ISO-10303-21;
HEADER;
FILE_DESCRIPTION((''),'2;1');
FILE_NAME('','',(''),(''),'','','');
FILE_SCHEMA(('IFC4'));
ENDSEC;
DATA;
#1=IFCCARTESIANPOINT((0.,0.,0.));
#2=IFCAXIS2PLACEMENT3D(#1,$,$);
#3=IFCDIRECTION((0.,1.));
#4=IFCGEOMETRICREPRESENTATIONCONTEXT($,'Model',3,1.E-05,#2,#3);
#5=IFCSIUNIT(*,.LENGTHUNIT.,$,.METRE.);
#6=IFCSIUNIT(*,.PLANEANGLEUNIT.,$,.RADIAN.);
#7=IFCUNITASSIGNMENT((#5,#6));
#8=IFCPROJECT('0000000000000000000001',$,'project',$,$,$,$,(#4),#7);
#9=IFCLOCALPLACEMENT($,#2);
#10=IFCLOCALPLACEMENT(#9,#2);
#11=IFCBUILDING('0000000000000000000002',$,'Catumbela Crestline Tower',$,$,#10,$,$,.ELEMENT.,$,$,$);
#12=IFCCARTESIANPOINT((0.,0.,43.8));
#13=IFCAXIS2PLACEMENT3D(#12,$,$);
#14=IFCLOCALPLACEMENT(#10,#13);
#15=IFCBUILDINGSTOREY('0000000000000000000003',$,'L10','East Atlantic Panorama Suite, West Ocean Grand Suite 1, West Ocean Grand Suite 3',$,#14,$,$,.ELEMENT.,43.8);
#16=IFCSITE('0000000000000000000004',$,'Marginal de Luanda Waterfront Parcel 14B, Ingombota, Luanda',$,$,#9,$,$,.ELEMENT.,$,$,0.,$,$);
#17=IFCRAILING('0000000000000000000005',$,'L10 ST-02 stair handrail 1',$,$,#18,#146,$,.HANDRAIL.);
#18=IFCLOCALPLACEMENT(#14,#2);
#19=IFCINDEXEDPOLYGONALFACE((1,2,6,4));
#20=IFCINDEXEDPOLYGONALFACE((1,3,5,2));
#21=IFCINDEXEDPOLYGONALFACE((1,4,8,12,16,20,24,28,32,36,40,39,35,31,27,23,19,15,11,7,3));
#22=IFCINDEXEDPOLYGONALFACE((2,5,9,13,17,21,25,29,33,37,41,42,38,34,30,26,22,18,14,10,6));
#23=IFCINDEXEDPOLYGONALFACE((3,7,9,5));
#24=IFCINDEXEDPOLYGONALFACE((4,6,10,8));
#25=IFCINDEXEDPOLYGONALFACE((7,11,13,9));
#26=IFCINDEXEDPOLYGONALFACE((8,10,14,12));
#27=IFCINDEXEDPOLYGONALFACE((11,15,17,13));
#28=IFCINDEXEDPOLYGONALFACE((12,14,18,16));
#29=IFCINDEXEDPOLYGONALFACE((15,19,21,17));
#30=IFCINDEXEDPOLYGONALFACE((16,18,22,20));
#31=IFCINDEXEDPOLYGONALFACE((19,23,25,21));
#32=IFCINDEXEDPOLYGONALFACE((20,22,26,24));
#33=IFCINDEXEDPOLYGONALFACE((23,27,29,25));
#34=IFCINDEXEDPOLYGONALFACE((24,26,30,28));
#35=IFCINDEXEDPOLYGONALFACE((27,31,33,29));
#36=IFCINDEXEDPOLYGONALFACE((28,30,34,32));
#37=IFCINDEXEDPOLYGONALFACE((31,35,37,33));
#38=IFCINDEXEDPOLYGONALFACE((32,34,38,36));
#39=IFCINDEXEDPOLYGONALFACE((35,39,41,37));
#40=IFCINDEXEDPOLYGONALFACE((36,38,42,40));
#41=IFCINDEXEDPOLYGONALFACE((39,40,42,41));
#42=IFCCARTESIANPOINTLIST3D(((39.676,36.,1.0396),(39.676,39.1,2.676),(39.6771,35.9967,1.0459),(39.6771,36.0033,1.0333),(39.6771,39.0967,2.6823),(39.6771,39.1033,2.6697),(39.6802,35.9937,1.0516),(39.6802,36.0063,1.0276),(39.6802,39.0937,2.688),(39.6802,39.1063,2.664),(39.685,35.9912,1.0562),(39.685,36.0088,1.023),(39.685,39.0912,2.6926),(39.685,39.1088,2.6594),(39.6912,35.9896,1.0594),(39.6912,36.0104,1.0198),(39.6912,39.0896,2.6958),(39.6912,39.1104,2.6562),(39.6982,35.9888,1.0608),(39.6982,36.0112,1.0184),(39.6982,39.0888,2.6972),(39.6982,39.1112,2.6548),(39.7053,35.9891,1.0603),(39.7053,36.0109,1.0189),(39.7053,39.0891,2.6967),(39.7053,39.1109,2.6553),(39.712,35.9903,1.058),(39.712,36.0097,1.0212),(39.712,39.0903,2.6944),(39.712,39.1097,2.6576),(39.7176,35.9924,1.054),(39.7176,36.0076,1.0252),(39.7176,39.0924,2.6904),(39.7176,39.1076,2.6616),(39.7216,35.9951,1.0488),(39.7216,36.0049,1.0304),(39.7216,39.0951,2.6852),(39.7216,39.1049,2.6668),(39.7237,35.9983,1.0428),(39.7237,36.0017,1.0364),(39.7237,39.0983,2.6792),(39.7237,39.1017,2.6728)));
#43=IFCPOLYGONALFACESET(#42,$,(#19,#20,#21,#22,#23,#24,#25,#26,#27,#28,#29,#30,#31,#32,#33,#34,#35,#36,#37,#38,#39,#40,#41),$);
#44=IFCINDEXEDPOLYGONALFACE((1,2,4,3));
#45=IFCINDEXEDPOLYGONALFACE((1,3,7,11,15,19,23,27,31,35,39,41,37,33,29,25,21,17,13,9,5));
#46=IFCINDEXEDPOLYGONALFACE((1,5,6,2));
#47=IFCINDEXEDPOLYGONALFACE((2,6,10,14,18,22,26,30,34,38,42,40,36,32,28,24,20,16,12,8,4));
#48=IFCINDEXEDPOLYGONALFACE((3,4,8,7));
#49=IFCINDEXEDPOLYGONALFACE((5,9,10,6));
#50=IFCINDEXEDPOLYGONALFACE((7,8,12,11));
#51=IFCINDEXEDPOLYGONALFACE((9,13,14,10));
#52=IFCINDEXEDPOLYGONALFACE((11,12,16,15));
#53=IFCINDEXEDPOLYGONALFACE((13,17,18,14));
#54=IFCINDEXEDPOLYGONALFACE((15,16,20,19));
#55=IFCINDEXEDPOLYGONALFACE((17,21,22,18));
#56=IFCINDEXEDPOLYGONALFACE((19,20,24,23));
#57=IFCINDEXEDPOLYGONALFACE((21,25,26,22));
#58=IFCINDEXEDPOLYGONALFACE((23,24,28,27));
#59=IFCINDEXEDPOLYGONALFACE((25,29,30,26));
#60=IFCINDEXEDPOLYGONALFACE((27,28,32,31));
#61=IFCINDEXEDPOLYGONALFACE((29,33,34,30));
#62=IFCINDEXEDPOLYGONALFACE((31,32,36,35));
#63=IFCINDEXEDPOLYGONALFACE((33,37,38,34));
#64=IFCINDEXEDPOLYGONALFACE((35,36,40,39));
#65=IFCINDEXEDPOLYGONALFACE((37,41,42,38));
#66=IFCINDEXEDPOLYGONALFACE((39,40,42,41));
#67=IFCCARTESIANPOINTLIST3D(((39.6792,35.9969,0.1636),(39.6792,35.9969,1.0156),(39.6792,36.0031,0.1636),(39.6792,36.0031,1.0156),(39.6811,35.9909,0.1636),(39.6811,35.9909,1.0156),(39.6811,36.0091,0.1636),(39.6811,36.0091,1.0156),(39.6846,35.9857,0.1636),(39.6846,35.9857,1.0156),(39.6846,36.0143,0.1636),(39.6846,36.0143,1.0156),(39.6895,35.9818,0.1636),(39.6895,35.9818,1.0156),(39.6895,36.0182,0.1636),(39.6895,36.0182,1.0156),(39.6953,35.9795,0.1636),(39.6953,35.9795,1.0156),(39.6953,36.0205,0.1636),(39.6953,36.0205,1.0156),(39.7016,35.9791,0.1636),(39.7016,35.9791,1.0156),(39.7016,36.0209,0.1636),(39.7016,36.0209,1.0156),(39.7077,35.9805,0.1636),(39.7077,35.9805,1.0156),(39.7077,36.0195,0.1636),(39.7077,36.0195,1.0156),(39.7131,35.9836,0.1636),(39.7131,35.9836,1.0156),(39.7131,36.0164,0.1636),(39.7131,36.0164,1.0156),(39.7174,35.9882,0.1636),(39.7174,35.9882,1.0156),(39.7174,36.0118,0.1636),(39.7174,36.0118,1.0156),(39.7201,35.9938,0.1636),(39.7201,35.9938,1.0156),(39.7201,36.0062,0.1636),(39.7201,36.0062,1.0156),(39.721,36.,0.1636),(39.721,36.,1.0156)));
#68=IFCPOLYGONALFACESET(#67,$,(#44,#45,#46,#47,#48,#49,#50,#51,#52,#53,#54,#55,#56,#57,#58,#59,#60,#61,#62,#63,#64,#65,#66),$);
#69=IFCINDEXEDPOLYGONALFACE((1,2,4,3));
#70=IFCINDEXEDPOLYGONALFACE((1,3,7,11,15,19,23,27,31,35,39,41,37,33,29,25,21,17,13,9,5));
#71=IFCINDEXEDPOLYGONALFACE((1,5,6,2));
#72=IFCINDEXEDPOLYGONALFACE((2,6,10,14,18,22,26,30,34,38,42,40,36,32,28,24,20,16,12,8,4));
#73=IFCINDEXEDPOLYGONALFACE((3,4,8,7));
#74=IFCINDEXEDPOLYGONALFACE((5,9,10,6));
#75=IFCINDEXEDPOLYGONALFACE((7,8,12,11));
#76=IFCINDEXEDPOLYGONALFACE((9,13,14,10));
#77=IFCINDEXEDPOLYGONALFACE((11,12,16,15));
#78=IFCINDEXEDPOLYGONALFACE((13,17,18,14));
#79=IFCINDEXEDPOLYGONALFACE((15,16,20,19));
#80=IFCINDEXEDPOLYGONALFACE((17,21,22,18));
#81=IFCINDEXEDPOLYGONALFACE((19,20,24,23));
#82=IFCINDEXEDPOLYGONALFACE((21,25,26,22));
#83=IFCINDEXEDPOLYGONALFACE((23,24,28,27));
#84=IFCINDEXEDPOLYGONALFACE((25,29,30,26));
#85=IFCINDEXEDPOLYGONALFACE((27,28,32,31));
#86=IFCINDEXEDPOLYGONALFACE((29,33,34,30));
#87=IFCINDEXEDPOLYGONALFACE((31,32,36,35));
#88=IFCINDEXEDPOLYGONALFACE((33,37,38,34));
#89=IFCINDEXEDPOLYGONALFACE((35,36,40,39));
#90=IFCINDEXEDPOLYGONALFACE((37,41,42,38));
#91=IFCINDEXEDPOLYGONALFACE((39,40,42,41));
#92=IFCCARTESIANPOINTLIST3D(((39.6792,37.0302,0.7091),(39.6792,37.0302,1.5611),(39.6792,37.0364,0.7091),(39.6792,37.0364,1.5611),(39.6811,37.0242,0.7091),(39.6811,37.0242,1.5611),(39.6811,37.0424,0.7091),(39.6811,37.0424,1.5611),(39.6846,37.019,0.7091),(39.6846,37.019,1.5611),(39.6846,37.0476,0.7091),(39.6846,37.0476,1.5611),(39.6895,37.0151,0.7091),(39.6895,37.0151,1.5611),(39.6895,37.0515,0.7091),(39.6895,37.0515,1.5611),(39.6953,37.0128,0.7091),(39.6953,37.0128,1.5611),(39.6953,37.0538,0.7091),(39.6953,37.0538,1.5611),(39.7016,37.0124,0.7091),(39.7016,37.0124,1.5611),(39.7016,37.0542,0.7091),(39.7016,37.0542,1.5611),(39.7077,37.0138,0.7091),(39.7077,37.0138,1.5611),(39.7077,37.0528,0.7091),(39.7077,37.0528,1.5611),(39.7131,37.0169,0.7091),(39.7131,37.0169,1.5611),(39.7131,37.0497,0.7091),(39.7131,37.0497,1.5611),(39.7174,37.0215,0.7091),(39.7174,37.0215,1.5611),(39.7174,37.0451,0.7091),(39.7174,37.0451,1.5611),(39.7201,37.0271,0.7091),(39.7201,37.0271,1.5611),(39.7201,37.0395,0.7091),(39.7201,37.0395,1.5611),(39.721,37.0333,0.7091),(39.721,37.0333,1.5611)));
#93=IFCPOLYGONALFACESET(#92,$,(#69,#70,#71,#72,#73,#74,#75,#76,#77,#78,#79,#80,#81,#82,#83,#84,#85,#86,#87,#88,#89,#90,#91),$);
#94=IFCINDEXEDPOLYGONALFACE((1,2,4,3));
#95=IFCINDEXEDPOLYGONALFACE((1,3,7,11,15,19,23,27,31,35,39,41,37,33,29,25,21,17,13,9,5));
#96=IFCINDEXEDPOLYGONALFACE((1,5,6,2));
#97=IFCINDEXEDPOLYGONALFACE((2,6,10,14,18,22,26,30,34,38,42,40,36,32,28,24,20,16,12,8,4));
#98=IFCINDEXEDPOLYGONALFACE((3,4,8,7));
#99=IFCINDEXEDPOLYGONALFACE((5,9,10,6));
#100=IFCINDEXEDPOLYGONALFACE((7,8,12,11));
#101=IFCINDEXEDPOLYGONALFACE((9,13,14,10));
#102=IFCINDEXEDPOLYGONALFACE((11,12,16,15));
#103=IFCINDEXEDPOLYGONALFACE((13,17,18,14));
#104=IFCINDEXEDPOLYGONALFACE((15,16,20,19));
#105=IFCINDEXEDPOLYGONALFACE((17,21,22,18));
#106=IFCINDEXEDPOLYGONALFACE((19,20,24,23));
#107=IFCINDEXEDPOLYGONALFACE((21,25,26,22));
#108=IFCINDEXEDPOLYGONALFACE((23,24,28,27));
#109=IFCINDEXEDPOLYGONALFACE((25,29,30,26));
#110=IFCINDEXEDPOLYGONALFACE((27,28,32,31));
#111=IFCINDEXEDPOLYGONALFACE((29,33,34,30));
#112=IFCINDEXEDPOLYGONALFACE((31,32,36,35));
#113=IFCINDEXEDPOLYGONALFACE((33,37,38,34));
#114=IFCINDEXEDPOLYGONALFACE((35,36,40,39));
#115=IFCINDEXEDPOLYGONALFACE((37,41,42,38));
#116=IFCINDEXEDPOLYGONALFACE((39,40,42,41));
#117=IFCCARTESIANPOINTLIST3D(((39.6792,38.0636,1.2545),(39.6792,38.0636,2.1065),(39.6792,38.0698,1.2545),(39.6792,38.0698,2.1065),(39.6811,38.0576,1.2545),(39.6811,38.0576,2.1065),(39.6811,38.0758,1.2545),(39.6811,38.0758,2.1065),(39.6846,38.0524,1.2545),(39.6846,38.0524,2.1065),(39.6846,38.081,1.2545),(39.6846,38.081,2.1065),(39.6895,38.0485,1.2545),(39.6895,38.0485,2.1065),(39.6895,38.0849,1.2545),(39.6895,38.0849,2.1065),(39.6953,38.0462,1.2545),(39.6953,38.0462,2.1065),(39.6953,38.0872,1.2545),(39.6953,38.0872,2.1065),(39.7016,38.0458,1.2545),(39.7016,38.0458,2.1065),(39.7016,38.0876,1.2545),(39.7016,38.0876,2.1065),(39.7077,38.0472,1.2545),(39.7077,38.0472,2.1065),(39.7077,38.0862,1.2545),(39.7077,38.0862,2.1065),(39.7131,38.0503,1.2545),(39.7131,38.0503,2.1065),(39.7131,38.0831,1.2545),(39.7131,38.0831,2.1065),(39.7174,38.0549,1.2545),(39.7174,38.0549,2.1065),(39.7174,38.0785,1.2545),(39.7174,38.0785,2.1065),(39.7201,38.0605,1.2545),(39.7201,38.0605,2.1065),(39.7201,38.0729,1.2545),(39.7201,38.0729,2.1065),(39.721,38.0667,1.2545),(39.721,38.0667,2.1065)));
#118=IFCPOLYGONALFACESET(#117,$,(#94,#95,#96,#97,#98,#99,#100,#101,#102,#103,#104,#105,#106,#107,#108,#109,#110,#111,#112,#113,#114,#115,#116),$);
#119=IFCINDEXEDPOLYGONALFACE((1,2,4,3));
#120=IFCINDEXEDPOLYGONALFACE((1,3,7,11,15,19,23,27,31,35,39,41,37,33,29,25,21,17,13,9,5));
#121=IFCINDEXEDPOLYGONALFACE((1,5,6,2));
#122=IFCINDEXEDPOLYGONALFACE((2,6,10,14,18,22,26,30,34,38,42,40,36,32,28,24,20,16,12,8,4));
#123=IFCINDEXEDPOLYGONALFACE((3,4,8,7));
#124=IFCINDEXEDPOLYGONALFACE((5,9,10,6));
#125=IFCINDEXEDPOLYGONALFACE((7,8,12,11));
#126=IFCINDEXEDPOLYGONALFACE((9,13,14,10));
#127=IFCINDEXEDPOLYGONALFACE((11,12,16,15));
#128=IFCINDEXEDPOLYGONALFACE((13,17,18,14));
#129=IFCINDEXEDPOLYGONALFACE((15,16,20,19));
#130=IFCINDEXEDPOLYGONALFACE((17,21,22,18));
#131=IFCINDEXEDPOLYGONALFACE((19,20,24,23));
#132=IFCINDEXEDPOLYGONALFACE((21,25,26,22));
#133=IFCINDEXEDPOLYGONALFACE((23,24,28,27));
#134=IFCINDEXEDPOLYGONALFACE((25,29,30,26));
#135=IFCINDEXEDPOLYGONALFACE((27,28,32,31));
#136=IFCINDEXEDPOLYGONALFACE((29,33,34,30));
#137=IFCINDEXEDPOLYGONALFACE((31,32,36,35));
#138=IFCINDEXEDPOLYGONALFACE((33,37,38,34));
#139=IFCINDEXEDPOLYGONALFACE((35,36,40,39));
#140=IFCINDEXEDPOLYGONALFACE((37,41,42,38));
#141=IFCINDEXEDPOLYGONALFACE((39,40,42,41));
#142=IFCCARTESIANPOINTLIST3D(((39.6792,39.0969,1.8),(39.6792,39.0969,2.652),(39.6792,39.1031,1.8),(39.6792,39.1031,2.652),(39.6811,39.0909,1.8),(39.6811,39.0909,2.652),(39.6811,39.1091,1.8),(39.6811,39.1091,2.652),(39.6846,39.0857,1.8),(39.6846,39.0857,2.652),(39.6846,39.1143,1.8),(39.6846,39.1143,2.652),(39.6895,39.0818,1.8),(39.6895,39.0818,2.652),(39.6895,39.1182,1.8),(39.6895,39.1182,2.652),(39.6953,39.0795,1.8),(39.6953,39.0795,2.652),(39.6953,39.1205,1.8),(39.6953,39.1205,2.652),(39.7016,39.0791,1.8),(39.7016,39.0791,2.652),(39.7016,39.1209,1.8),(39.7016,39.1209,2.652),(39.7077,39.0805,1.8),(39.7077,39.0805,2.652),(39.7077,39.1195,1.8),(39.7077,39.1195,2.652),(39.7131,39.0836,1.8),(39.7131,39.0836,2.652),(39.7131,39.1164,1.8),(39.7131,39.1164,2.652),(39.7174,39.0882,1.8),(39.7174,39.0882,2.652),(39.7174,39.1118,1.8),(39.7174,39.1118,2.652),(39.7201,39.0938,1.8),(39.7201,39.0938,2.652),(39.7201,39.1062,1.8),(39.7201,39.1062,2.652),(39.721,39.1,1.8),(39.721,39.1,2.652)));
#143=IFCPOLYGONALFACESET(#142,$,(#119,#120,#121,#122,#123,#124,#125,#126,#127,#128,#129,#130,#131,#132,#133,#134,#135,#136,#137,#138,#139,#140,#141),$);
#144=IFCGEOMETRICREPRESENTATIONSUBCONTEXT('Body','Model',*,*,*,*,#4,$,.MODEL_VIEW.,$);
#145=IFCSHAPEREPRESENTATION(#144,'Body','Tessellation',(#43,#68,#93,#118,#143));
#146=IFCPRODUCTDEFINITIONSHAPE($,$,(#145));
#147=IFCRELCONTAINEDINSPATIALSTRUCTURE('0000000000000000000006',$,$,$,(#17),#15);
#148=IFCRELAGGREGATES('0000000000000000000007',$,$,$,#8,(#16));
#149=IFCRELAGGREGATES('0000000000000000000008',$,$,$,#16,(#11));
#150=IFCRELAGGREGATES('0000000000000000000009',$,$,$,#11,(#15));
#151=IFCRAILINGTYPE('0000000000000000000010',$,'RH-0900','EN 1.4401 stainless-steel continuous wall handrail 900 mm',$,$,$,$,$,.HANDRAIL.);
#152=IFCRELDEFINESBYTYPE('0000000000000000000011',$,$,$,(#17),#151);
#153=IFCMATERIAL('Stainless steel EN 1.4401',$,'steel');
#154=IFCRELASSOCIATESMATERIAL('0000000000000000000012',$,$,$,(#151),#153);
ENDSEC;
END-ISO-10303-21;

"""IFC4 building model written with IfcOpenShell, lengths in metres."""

from ifc_helpers import new_model, si_unit, direction, frame, origin, origin_2d, place, context, subcontext, project, spatial, circle, extrude, material, type_object, element, save


model = new_model("IFC4")

# Units and contexts
model_context = context("Model", 3, precision=1e-05, world=origin(), true_north=direction((0.0, 1.0)))
body_context = subcontext(model_context, "Body", "Model", "MODEL_VIEW")
ifc_project = project(units=[si_unit("LENGTHUNIT", "METRE"), si_unit("PLANEANGLEUNIT", "RADIAN")], contexts=[model_context])

# Site, building, storey
site_placement = place(None, origin())
site = spatial("IfcSite", under=ifc_project, at=site_placement, Name="Marginal de Luanda Waterfront Parcel 14B, Ingombota, Luanda", CompositionType="ELEMENT", RefElevation=0.0)
building_placement = place(site_placement, origin())
building = spatial("IfcBuilding", under=site, at=building_placement, Name="Catumbela Crestline Tower", CompositionType="ELEMENT")
storey_placement = place(building_placement, frame((0.0, 0.0, 43.8)))
storey = spatial("IfcBuildingStorey", under=building, at=storey_placement, Name="L10", Description="East Atlantic Panorama Suite, West Ocean Grand Suite 1, West Ocean Grand Suite 3", CompositionType="ELEMENT", Elevation=43.8)

# Shared definitions
ifc_material_1 = material(Name="Stainless steel EN 1.4401", Category="steel")

# Railing
railing_type_1 = type_object("IfcRailingType", Name="RH-0900", Description="EN 1.4401 stainless-steel continuous wall handrail 900 mm", PredefinedType="HANDRAIL", material=ifc_material_1)
railing_1_placement = place(storey_placement, frame((39.7, 36.0, 0.1636)))
element("IfcRailing", 1, at=railing_1_placement, inside=storey, type_object=railing_type_1, Name="L10 ST-02 stair handrail 1", PredefinedType="HANDRAIL", context=body_context, shape_type="SweptSolid", body=[
    extrude(circle(Radius=0.024, at=origin_2d()), frame((0.0, 0.0, 0.876), z_axis=(0.0, 0.884351, 0.466823), x_axis=(-1.0, 0.0, 0.0)), (0.0, 0.0, 1.0), 3.5054),
    extrude(circle(Radius=0.021, at=origin_2d()), origin(), (0.0, 0.0, 1.0), 0.852),
    extrude(circle(Radius=0.021, at=origin_2d()), frame((0.0, 1.0333, 0.5455)), (0.0, 0.0, 1.0), 0.852),
    extrude(circle(Radius=0.021, at=origin_2d()), frame((0.0, 2.0667, 1.0909)), (0.0, 0.0, 1.0), 0.852),
    extrude(circle(Radius=0.021, at=origin_2d()), frame((0.0, 3.1, 1.6364)), (0.0, 0.0, 1.0), 0.852),
])

save(model, "model.ifc")
